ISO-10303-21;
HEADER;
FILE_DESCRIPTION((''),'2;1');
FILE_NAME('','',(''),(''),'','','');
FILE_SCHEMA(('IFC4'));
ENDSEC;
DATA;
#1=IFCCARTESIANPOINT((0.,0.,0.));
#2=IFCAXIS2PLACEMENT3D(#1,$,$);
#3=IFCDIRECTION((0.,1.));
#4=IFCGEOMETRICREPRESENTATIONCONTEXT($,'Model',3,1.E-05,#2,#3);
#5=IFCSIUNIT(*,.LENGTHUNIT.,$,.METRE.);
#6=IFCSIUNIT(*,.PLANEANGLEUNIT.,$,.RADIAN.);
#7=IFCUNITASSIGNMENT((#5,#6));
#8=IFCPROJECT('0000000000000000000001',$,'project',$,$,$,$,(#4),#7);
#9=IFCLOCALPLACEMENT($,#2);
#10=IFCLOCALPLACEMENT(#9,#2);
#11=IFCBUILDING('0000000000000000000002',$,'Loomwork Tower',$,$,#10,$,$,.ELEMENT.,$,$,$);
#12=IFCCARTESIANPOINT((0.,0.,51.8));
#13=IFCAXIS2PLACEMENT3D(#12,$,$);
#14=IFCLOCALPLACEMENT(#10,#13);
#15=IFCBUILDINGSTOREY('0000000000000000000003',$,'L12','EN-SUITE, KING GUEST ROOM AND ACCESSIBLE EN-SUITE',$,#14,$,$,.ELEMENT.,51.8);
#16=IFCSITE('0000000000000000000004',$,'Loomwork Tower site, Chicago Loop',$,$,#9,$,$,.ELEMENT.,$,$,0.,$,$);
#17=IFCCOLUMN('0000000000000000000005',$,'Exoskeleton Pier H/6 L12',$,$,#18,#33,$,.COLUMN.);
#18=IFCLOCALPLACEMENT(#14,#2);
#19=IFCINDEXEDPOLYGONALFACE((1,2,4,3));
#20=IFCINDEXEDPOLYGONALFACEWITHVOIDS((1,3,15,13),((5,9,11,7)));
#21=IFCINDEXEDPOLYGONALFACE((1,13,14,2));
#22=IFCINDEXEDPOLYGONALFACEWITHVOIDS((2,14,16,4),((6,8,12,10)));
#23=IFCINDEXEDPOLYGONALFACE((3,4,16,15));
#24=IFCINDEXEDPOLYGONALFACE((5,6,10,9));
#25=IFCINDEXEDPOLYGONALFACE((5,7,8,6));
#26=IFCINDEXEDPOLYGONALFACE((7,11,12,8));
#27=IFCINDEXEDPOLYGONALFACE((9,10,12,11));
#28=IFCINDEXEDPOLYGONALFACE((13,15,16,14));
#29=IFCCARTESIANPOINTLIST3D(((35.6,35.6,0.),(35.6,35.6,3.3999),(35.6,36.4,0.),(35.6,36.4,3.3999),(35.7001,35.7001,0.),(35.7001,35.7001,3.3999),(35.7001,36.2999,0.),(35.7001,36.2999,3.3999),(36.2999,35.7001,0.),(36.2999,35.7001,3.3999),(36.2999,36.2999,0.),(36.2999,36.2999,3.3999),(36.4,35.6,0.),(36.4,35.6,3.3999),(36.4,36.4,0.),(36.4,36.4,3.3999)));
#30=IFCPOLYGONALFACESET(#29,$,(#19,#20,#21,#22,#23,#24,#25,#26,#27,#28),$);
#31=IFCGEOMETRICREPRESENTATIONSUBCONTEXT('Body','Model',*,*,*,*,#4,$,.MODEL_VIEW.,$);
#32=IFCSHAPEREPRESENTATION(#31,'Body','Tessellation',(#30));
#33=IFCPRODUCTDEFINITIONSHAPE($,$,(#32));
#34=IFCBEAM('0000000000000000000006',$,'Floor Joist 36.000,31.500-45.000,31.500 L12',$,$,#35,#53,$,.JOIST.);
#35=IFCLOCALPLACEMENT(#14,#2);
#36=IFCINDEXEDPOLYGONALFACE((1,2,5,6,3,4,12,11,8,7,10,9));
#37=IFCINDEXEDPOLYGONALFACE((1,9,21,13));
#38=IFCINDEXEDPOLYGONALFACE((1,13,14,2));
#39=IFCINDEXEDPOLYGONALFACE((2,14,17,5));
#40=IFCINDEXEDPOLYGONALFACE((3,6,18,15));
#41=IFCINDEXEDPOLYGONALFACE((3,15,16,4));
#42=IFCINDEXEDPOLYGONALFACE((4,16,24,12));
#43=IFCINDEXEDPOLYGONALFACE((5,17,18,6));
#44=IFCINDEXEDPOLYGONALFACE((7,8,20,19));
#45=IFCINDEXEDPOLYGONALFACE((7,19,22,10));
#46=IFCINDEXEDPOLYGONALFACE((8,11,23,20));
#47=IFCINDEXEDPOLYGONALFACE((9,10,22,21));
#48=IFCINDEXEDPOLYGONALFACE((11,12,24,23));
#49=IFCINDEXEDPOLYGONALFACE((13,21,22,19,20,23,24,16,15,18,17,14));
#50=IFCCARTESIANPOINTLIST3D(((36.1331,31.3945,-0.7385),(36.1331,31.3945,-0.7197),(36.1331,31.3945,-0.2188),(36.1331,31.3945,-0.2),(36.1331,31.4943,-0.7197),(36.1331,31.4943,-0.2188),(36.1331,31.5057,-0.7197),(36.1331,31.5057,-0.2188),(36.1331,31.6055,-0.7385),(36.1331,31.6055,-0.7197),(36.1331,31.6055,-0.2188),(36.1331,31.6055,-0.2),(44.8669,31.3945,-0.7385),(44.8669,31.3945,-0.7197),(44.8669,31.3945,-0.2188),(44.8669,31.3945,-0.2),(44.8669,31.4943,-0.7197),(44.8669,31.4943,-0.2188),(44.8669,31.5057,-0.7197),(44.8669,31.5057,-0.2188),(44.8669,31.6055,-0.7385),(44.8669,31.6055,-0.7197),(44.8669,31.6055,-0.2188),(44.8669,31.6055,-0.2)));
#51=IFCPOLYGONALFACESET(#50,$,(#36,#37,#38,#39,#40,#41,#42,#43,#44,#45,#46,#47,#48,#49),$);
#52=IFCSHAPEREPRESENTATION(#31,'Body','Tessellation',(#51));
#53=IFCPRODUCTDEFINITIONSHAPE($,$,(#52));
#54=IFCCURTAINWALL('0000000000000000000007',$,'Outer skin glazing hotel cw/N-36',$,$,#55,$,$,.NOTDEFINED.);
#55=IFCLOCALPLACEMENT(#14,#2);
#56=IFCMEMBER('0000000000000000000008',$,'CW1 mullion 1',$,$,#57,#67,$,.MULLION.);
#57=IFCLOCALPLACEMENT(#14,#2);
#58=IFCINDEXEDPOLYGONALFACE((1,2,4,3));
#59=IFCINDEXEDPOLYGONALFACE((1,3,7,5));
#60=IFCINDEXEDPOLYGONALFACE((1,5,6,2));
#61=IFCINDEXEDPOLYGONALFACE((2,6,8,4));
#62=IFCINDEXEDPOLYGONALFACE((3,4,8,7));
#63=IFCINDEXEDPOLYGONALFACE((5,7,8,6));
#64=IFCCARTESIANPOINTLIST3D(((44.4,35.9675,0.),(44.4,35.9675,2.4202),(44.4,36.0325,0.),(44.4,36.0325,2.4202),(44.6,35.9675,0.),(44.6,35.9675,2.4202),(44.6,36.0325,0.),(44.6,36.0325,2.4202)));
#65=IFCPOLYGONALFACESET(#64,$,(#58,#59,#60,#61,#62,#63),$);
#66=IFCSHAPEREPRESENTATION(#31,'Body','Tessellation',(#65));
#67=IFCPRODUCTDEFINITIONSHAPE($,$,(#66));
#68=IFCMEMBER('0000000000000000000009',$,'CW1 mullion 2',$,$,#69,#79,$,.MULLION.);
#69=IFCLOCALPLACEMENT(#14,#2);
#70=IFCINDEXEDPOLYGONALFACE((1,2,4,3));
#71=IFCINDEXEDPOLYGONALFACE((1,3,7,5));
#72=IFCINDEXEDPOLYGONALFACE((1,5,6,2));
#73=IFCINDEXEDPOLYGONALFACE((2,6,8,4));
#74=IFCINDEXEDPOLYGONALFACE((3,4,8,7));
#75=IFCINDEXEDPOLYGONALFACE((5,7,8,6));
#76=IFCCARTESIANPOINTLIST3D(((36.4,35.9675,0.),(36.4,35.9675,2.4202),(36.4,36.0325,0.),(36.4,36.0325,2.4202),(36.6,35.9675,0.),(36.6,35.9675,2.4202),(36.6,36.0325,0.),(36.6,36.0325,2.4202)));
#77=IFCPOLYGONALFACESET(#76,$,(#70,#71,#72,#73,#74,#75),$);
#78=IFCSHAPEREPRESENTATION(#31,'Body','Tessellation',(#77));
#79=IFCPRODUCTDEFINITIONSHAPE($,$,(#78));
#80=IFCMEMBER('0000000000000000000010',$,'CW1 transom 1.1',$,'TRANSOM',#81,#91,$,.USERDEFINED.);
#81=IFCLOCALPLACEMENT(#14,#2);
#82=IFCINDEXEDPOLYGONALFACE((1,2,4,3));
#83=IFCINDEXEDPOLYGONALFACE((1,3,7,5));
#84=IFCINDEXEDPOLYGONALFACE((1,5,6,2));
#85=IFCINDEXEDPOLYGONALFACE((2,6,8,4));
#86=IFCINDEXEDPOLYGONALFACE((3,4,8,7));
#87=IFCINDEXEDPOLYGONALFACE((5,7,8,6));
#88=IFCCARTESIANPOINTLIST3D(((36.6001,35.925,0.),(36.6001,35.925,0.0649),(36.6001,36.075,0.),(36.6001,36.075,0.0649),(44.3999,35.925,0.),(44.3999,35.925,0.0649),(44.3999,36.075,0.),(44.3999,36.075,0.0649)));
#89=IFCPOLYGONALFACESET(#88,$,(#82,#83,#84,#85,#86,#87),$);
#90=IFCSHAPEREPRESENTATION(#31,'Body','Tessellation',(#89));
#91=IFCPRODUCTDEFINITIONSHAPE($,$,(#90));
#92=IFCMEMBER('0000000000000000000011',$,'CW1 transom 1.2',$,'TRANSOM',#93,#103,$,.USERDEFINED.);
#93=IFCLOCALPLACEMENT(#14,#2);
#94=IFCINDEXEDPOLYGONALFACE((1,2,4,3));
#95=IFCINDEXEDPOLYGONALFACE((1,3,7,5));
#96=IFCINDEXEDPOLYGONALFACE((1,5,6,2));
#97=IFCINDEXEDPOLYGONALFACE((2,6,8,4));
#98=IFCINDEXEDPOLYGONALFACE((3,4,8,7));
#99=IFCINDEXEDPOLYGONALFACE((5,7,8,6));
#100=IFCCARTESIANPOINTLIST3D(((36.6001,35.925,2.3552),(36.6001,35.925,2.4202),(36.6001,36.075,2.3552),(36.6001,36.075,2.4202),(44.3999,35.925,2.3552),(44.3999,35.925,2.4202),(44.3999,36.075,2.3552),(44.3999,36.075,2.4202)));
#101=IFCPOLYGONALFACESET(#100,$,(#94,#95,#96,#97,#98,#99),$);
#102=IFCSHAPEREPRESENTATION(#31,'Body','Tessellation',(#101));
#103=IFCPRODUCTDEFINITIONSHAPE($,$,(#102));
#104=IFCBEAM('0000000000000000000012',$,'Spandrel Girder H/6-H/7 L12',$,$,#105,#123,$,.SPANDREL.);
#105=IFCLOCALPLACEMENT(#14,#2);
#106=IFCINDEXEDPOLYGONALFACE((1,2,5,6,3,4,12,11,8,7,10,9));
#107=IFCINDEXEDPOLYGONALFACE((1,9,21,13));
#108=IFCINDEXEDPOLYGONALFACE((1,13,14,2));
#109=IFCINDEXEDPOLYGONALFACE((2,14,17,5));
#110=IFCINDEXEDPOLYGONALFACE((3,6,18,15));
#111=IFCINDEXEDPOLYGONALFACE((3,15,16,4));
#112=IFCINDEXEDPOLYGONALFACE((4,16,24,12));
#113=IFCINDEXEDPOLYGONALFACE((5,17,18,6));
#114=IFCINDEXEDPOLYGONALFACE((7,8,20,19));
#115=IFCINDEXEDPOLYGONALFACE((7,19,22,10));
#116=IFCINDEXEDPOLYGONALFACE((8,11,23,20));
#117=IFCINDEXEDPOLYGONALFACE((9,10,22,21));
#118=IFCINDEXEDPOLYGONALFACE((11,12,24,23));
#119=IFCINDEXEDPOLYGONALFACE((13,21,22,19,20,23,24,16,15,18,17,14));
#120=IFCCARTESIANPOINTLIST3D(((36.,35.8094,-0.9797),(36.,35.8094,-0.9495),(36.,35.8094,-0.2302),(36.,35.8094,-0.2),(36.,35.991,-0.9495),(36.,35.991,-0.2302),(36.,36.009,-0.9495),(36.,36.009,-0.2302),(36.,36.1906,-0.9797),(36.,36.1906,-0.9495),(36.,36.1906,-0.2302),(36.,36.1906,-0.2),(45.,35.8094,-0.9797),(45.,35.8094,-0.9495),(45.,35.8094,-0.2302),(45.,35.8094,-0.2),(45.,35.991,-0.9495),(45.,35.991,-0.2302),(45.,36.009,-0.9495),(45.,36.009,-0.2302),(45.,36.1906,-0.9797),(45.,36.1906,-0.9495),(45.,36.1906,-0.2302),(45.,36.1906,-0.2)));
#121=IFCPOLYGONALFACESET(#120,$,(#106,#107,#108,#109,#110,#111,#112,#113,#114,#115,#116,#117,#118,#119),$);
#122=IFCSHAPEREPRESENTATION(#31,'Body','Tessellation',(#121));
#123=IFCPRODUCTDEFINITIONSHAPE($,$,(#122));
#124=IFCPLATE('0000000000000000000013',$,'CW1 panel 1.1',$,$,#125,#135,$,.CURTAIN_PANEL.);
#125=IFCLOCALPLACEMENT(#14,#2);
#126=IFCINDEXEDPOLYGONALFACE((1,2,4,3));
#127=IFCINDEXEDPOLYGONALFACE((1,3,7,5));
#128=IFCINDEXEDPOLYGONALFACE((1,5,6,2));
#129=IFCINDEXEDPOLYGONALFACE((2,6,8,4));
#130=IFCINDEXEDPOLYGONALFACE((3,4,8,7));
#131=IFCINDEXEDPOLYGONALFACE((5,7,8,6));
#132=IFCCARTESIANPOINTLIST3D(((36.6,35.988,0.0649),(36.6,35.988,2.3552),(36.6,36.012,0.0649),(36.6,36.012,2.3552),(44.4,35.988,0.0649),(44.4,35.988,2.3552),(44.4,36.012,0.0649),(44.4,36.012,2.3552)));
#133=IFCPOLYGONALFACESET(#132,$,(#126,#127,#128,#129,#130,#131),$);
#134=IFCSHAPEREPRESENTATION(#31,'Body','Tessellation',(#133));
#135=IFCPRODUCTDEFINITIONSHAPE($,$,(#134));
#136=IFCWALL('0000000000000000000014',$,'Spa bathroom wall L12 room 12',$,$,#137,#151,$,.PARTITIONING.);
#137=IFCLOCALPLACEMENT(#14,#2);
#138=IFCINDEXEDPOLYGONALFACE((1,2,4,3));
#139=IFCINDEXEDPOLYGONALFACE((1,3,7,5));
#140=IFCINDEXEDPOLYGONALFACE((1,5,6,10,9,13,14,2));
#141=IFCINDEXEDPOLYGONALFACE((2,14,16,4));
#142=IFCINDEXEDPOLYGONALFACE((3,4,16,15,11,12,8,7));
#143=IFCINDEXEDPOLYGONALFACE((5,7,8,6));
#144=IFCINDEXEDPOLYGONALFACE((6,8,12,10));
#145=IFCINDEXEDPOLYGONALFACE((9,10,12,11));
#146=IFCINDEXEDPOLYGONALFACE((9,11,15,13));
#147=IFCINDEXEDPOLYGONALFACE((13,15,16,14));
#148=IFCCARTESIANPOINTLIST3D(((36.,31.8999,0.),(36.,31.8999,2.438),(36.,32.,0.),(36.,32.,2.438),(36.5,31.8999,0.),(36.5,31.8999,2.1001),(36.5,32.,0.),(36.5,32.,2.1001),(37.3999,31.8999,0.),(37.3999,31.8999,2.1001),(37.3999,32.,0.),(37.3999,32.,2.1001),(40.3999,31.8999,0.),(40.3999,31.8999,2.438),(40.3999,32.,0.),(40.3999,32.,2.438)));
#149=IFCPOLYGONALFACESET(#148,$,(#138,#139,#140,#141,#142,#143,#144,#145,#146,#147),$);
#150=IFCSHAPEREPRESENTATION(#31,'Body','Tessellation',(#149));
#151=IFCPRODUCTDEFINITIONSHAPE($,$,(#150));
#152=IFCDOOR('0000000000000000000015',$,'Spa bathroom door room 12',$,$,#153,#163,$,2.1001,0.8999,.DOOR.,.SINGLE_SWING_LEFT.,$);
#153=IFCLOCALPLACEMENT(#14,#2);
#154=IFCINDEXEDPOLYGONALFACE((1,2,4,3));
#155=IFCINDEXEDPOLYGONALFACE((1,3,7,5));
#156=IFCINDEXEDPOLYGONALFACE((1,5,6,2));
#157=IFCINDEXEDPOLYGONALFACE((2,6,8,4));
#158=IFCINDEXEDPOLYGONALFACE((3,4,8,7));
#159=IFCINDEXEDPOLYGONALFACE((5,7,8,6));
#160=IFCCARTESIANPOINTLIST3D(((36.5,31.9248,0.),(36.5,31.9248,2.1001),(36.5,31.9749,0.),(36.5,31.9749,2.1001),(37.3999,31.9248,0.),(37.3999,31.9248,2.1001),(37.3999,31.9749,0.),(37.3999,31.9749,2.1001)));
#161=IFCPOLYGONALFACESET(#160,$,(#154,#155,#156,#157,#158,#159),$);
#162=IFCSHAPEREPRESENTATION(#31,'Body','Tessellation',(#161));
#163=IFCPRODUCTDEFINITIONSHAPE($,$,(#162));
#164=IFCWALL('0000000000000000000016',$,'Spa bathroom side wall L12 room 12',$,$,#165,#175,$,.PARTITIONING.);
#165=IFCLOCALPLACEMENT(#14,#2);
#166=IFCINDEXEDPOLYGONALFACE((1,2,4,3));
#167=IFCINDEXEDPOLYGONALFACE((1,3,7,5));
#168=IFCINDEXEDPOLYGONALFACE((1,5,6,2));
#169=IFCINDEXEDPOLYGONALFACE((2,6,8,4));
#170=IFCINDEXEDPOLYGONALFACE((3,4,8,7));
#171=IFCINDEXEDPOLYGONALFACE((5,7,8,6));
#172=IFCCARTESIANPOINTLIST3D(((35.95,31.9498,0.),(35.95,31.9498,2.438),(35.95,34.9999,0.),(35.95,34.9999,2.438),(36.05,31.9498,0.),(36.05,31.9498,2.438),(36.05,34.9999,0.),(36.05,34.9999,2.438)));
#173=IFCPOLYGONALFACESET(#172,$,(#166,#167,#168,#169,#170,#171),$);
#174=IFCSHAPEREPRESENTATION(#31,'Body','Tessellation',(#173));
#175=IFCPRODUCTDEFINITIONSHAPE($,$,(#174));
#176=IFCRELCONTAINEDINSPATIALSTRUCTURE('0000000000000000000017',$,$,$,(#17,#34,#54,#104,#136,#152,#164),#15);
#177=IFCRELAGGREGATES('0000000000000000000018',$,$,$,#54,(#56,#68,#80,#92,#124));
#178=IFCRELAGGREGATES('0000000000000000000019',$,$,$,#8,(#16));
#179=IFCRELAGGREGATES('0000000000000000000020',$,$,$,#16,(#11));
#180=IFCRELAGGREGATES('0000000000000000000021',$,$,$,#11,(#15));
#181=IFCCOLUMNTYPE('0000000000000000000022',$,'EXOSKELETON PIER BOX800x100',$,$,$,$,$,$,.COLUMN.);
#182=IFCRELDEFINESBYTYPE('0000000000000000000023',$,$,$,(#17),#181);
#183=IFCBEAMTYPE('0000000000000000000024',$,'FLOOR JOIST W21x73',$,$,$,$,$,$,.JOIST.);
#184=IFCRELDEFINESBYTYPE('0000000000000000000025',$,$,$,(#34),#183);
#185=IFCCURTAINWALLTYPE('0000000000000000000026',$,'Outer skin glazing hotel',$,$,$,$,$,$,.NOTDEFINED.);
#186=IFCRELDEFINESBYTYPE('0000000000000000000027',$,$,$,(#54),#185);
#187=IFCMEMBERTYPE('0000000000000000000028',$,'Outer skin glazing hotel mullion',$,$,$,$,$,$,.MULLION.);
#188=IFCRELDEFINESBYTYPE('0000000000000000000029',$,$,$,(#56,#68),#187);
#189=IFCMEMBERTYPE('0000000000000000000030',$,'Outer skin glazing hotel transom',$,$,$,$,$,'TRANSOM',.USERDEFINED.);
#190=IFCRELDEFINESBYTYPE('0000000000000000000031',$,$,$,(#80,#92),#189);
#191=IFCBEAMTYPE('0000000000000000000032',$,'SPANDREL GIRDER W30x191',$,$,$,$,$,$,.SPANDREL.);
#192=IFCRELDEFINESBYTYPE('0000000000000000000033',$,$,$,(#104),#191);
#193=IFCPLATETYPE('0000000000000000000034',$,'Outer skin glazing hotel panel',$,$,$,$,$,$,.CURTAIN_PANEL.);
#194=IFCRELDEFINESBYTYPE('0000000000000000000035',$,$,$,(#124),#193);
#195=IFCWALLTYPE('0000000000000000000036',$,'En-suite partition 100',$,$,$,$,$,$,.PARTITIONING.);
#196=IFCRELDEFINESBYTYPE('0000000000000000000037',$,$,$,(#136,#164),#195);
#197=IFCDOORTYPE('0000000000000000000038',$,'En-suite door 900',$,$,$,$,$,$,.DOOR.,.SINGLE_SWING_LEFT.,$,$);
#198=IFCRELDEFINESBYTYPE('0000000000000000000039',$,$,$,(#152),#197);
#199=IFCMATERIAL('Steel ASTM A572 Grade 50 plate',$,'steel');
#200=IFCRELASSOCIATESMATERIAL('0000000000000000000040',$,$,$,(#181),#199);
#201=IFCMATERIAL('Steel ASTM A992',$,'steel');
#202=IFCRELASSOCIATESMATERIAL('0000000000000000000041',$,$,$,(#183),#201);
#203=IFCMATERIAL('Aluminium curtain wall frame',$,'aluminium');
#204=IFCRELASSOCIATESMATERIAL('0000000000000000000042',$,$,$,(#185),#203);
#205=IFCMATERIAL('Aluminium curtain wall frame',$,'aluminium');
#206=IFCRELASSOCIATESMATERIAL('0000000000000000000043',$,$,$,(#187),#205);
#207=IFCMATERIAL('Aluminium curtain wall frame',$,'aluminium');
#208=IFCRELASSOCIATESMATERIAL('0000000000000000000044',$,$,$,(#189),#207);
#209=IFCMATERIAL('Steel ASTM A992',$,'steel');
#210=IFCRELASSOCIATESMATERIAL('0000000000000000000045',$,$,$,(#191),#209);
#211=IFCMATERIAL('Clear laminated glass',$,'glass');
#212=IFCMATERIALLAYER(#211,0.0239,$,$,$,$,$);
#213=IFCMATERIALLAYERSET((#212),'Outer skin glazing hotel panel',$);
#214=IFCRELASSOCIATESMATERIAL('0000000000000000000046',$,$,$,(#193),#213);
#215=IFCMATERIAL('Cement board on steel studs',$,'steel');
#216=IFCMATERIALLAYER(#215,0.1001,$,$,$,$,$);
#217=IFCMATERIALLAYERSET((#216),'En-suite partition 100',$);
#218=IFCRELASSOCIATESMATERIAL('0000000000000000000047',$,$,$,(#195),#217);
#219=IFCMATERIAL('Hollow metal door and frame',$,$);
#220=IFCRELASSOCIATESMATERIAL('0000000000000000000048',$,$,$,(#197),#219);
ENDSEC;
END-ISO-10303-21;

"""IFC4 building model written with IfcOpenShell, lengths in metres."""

from ifc_helpers import new_model, si_unit, direction, frame, frame_2d, origin, origin_2d, place, context, subcontext, project, spatial, rectangle, hollow_rectangle, i_section, extrude, material, layer, layer_set, material_profile, profile_set, type_object, element, fill, aggregate, save


model = new_model("IFC4")

# Units and contexts
model_context = context("Model", 3, precision=1e-05, world=origin(), true_north=direction((0.0, 1.0)))
body_context = subcontext(model_context, "Body", "Model", "MODEL_VIEW")
ifc_project = project(units=[si_unit("LENGTHUNIT", "METRE"), si_unit("PLANEANGLEUNIT", "RADIAN")], contexts=[model_context])

# Site, building, storey
site_placement = place(None, origin())
site = spatial("IfcSite", under=ifc_project, at=site_placement, Name="Loomwork Tower site, Chicago Loop", CompositionType="ELEMENT", RefElevation=0.0)
building_placement = place(site_placement, origin())
building = spatial("IfcBuilding", under=site, at=building_placement, Name="Loomwork Tower", CompositionType="ELEMENT")
storey_placement = place(building_placement, frame((0.0, 0.0, 51.8)))
storey = spatial("IfcBuildingStorey", under=building, at=storey_placement, Name="L12", Description="EN-SUITE, KING GUEST ROOM AND ACCESSIBLE EN-SUITE", CompositionType="ELEMENT", Elevation=51.8)

# Column
ifc_material_1 = material(Name="Steel ASTM A572 Grade 50 plate", Category="steel")
ifc_material_profile_1 = material_profile(ifc_material_1, hollow_rectangle(XDim=0.8, YDim=0.8, WallThickness=0.1001, at=origin_2d()), Name="BOX800x100")
ifc_profile_set_1 = profile_set([ifc_material_profile_1], Name="Steel ASTM A572 Grade 50 plate")
column_type = type_object("IfcColumnType", Name="EXOSKELETON PIER BOX800x100", PredefinedType="COLUMN", material=ifc_profile_set_1)
column_placement = place(storey_placement, frame((36.0, 36.0, 0.0), z_axis=(0.0, 0.0, 1.0), x_axis=(1.0, 0.0, 0.0)))
element("IfcColumn", 1, at=column_placement, inside=storey, type_object=column_type, Name="Exoskeleton Pier H/6 L12", PredefinedType="COLUMN", context=body_context, shape_type="SweptSolid", body=[
    extrude(hollow_rectangle(XDim=0.8, YDim=0.8, WallThickness=0.1001, at=origin_2d()), origin(), (0.0, 0.0, 1.0), 3.3999),
])

# Beam
ifc_material_2 = material(Name="Steel ASTM A992", Category="steel")
ifc_material_profile_2 = material_profile(ifc_material_2, i_section(OverallWidth=0.2109, OverallDepth=0.5386, WebThickness=0.0115, FlangeThickness=0.0188, at=origin_2d()), Name="W21x73")
ifc_profile_set_2 = profile_set([ifc_material_profile_2], Name="Steel ASTM A992")
beam_type_1 = type_object("IfcBeamType", Name="FLOOR JOIST W21x73", PredefinedType="JOIST", material=ifc_profile_set_2)
beam_1_placement = place(storey_placement, frame((36.1331, 31.5, -0.4692), z_axis=(1.0, 0.0, 0.0), x_axis=(0.0, 1.0, 0.0)))
element("IfcBeam", 2, at=beam_1_placement, inside=storey, type_object=beam_type_1, Name="Floor Joist 36.000,31.500-45.000,31.500 L12", PredefinedType="JOIST", context=body_context, shape_type="SweptSolid", body=[
    extrude(i_section(OverallWidth=0.2109, OverallDepth=0.5386, WebThickness=0.0115, FlangeThickness=0.0188, at=origin_2d()), origin(), (0.0, 0.0, 1.0), 8.7339),
])

# Curtain wall, members
ifc_material_3 = material(Name="Aluminium curtain wall frame", Category="aluminium")
curtain_wall_type = type_object("IfcCurtainWallType", Name="Outer skin glazing hotel", PredefinedType="NOTDEFINED", material=ifc_material_3)
curtain_wall_placement = place(storey_placement, origin())
curtain_wall = element("IfcCurtainWall", 3, at=curtain_wall_placement, inside=storey, type_object=curtain_wall_type, Name="Outer skin glazing hotel cw/N-36", PredefinedType="NOTDEFINED")
ifc_material_4 = material(Name="Aluminium curtain wall frame", Category="aluminium")
ifc_material_profile_3 = material_profile(ifc_material_4, rectangle(XDim=0.0649, YDim=0.2, at=origin_2d()), Name="AL 65x200")
ifc_profile_set_3 = profile_set([ifc_material_profile_3], Name="Aluminium curtain wall frame")
member_type_1 = type_object("IfcMemberType", Name="Outer skin glazing hotel mullion", PredefinedType="MULLION", material=ifc_profile_set_3)
member_1_placement = place(storey_placement, frame((44.5, 36.0, 0.0), z_axis=(0.0, 0.0, 1.0), x_axis=(0.0, -1.0, 0.0)))
member_1 = element("IfcMember", 4, at=member_1_placement, type_object=member_type_1, Name="CW1 mullion 1", PredefinedType="MULLION", context=body_context, shape_type="SweptSolid", body=[
    extrude(rectangle(XDim=0.0649, YDim=0.2, at=origin_2d()), origin(), (0.0, 0.0, 1.0), 2.4202),
])
member_2_placement = place(storey_placement, frame((36.5, 36.0, 0.0), z_axis=(0.0, 0.0, 1.0), x_axis=(0.0, -1.0, 0.0)))
member_2 = element("IfcMember", 5, at=member_2_placement, type_object=member_type_1, Name="CW1 mullion 2", PredefinedType="MULLION", context=body_context, shape_type="SweptSolid", body=[
    extrude(rectangle(XDim=0.0649, YDim=0.2, at=origin_2d()), origin(), (0.0, 0.0, 1.0), 2.4202),
])
ifc_material_5 = material(Name="Aluminium curtain wall frame", Category="aluminium")
ifc_material_profile_4 = material_profile(ifc_material_5, rectangle(XDim=0.1499, YDim=0.0649, at=origin_2d()), Name="AL 65x150")
ifc_profile_set_4 = profile_set([ifc_material_profile_4], Name="Aluminium curtain wall frame")
member_type_2 = type_object("IfcMemberType", Name="Outer skin glazing hotel transom", ElementType="TRANSOM", PredefinedType="USERDEFINED", material=ifc_profile_set_4)
member_3_placement = place(storey_placement, frame((44.3999, 36.0, 0.0325), z_axis=(-1.0, 0.0, 0.0), x_axis=(0.0, -1.0, 0.0)))
member_3 = element("IfcMember", 6, at=member_3_placement, type_object=member_type_2, Name="CW1 transom 1.1", ObjectType="TRANSOM", PredefinedType="USERDEFINED", context=body_context, shape_type="SweptSolid", body=[
    extrude(rectangle(XDim=0.1499, YDim=0.0649, at=origin_2d()), origin(), (0.0, 0.0, 1.0), 7.7998),
])
member_4_placement = place(storey_placement, frame((44.3999, 36.0, 2.3877), z_axis=(-1.0, 0.0, 0.0), x_axis=(0.0, -1.0, 0.0)))
member_4 = element("IfcMember", 7, at=member_4_placement, type_object=member_type_2, Name="CW1 transom 1.2", ObjectType="TRANSOM", PredefinedType="USERDEFINED", context=body_context, shape_type="SweptSolid", body=[
    extrude(rectangle(XDim=0.1499, YDim=0.0649, at=origin_2d()), origin(), (0.0, 0.0, 1.0), 7.7998),
])

# Beam
ifc_material_6 = material(Name="Steel ASTM A992", Category="steel")
ifc_material_profile_5 = material_profile(ifc_material_6, i_section(OverallWidth=0.3811, OverallDepth=0.7798, WebThickness=0.0181, FlangeThickness=0.0303, at=origin_2d()), Name="W30x191")
ifc_profile_set_5 = profile_set([ifc_material_profile_5], Name="Steel ASTM A992")
beam_type_2 = type_object("IfcBeamType", Name="SPANDREL GIRDER W30x191", PredefinedType="SPANDREL", material=ifc_profile_set_5)
beam_2_placement = place(storey_placement, frame((36.0, 36.0, -0.5898), z_axis=(1.0, 0.0, 0.0), x_axis=(0.0, 1.0, 0.0)))
element("IfcBeam", 8, at=beam_2_placement, inside=storey, type_object=beam_type_2, Name="Spandrel Girder H/6-H/7 L12", PredefinedType="SPANDREL", context=body_context, shape_type="SweptSolid", body=[
    extrude(i_section(OverallWidth=0.3811, OverallDepth=0.7798, WebThickness=0.0181, FlangeThickness=0.0303, at=origin_2d()), origin(), (0.0, 0.0, 1.0), 9.0),
])

# Plate
ifc_material_7 = material(Name="Clear laminated glass", Category="glass")
ifc_layer_1 = layer(ifc_material_7, 0.0239)
ifc_layer_set_1 = layer_set([ifc_layer_1], Name="Outer skin glazing hotel panel")
plate_type = type_object("IfcPlateType", Name="Outer skin glazing hotel panel", PredefinedType="CURTAIN_PANEL", material=ifc_layer_set_1)
plate_placement = place(storey_placement, frame((40.5, 36.0, 0.0649), z_axis=(0.0, 0.0, 1.0), x_axis=(-1.0, 0.0, 0.0)))
plate = element("IfcPlate", 9, at=plate_placement, type_object=plate_type, Name="CW1 panel 1.1", PredefinedType="CURTAIN_PANEL", context=body_context, shape_type="SweptSolid", body=[
    extrude(rectangle(XDim=7.8, YDim=0.0239, at=origin_2d()), origin(), (0.0, 0.0, 1.0), 2.2903),
])
aggregate(curtain_wall, [member_1, member_2, member_3, member_4, plate])

# Wall, opening, door
ifc_material_8 = material(Name="Cement board on steel studs", Category="steel")
ifc_layer_2 = layer(ifc_material_8, 0.1001)
ifc_layer_set_2 = layer_set([ifc_layer_2], Name="En-suite partition 100")
wall_type_1 = type_object("IfcWallType", Name="En-suite partition 100", PredefinedType="PARTITIONING", material=ifc_layer_set_2)
wall_1_placement = place(storey_placement, frame((36.0, 31.95, 0.0), z_axis=(0.0, 0.0, 1.0), x_axis=(1.0, 0.0, 0.0)))
wall_1 = element("IfcWall", 10, at=wall_1_placement, inside=storey, type_object=wall_type_1, Name="Spa bathroom wall L12 room 12", PredefinedType="PARTITIONING", context=body_context, shape_type="SweptSolid", body=[
    extrude(rectangle(XDim=4.3999, YDim=0.1001, at=frame_2d((2.2, 0.0))), origin(), (0.0, 0.0, 1.0), 2.438),
])
opening_1_placement = place(wall_1_placement, frame((0.5, 0.0, 0.0)))
opening_1 = element("IfcOpeningElement", 11, at=opening_1_placement, cuts=wall_1, PredefinedType="OPENING", context=body_context, shape_type="SweptSolid", body=[
    extrude(rectangle(XDim=0.8999, YDim=2.1001, at=frame_2d((0.45, 1.05))), frame((0.0, 0.0601, 0.0), z_axis=(0.0, -1.0, 0.0), x_axis=(1.0, 0.0, 0.0)), (0.0, 0.0, 1.0), 0.1201),
])
ifc_material_9 = material(Name="Hollow metal door and frame")
door_type = type_object("IfcDoorType", Name="En-suite door 900", OperationType="SINGLE_SWING_LEFT", PredefinedType="DOOR", material=ifc_material_9)
door_placement = place(opening_1_placement, origin())
door = element("IfcDoor", 12, at=door_placement, inside=storey, type_object=door_type, Name="Spa bathroom door room 12", OperationType="SINGLE_SWING_LEFT", OverallHeight=2.1001, OverallWidth=0.8999, PredefinedType="DOOR", context=body_context, shape_type="SweptSolid", body=[
    extrude(rectangle(XDim=0.8999, YDim=2.1001, at=frame_2d((0.45, 1.05))), frame((0.0, 0.0249, 0.0), z_axis=(0.0, -1.0, 0.0), x_axis=(1.0, 0.0, 0.0)), (0.0, 0.0, 1.0), 0.05),
])
fill(opening_1, door)

# Wall
wall_2_placement = place(storey_placement, frame((36.0, 31.95, 0.0), z_axis=(0.0, 0.0, 1.0), x_axis=(0.0, 1.0, 0.0)))
element("IfcWall", 13, at=wall_2_placement, inside=storey, type_object=wall_type_1, Name="Spa bathroom side wall L12 room 12", PredefinedType="PARTITIONING", context=body_context, shape_type="SweptSolid", body=[
    extrude(rectangle(XDim=3.05, YDim=0.1001, at=frame_2d((1.5249, 0.0))), origin(), (0.0, 0.0, 1.0), 2.438),
])

save(model, "model.ifc")
